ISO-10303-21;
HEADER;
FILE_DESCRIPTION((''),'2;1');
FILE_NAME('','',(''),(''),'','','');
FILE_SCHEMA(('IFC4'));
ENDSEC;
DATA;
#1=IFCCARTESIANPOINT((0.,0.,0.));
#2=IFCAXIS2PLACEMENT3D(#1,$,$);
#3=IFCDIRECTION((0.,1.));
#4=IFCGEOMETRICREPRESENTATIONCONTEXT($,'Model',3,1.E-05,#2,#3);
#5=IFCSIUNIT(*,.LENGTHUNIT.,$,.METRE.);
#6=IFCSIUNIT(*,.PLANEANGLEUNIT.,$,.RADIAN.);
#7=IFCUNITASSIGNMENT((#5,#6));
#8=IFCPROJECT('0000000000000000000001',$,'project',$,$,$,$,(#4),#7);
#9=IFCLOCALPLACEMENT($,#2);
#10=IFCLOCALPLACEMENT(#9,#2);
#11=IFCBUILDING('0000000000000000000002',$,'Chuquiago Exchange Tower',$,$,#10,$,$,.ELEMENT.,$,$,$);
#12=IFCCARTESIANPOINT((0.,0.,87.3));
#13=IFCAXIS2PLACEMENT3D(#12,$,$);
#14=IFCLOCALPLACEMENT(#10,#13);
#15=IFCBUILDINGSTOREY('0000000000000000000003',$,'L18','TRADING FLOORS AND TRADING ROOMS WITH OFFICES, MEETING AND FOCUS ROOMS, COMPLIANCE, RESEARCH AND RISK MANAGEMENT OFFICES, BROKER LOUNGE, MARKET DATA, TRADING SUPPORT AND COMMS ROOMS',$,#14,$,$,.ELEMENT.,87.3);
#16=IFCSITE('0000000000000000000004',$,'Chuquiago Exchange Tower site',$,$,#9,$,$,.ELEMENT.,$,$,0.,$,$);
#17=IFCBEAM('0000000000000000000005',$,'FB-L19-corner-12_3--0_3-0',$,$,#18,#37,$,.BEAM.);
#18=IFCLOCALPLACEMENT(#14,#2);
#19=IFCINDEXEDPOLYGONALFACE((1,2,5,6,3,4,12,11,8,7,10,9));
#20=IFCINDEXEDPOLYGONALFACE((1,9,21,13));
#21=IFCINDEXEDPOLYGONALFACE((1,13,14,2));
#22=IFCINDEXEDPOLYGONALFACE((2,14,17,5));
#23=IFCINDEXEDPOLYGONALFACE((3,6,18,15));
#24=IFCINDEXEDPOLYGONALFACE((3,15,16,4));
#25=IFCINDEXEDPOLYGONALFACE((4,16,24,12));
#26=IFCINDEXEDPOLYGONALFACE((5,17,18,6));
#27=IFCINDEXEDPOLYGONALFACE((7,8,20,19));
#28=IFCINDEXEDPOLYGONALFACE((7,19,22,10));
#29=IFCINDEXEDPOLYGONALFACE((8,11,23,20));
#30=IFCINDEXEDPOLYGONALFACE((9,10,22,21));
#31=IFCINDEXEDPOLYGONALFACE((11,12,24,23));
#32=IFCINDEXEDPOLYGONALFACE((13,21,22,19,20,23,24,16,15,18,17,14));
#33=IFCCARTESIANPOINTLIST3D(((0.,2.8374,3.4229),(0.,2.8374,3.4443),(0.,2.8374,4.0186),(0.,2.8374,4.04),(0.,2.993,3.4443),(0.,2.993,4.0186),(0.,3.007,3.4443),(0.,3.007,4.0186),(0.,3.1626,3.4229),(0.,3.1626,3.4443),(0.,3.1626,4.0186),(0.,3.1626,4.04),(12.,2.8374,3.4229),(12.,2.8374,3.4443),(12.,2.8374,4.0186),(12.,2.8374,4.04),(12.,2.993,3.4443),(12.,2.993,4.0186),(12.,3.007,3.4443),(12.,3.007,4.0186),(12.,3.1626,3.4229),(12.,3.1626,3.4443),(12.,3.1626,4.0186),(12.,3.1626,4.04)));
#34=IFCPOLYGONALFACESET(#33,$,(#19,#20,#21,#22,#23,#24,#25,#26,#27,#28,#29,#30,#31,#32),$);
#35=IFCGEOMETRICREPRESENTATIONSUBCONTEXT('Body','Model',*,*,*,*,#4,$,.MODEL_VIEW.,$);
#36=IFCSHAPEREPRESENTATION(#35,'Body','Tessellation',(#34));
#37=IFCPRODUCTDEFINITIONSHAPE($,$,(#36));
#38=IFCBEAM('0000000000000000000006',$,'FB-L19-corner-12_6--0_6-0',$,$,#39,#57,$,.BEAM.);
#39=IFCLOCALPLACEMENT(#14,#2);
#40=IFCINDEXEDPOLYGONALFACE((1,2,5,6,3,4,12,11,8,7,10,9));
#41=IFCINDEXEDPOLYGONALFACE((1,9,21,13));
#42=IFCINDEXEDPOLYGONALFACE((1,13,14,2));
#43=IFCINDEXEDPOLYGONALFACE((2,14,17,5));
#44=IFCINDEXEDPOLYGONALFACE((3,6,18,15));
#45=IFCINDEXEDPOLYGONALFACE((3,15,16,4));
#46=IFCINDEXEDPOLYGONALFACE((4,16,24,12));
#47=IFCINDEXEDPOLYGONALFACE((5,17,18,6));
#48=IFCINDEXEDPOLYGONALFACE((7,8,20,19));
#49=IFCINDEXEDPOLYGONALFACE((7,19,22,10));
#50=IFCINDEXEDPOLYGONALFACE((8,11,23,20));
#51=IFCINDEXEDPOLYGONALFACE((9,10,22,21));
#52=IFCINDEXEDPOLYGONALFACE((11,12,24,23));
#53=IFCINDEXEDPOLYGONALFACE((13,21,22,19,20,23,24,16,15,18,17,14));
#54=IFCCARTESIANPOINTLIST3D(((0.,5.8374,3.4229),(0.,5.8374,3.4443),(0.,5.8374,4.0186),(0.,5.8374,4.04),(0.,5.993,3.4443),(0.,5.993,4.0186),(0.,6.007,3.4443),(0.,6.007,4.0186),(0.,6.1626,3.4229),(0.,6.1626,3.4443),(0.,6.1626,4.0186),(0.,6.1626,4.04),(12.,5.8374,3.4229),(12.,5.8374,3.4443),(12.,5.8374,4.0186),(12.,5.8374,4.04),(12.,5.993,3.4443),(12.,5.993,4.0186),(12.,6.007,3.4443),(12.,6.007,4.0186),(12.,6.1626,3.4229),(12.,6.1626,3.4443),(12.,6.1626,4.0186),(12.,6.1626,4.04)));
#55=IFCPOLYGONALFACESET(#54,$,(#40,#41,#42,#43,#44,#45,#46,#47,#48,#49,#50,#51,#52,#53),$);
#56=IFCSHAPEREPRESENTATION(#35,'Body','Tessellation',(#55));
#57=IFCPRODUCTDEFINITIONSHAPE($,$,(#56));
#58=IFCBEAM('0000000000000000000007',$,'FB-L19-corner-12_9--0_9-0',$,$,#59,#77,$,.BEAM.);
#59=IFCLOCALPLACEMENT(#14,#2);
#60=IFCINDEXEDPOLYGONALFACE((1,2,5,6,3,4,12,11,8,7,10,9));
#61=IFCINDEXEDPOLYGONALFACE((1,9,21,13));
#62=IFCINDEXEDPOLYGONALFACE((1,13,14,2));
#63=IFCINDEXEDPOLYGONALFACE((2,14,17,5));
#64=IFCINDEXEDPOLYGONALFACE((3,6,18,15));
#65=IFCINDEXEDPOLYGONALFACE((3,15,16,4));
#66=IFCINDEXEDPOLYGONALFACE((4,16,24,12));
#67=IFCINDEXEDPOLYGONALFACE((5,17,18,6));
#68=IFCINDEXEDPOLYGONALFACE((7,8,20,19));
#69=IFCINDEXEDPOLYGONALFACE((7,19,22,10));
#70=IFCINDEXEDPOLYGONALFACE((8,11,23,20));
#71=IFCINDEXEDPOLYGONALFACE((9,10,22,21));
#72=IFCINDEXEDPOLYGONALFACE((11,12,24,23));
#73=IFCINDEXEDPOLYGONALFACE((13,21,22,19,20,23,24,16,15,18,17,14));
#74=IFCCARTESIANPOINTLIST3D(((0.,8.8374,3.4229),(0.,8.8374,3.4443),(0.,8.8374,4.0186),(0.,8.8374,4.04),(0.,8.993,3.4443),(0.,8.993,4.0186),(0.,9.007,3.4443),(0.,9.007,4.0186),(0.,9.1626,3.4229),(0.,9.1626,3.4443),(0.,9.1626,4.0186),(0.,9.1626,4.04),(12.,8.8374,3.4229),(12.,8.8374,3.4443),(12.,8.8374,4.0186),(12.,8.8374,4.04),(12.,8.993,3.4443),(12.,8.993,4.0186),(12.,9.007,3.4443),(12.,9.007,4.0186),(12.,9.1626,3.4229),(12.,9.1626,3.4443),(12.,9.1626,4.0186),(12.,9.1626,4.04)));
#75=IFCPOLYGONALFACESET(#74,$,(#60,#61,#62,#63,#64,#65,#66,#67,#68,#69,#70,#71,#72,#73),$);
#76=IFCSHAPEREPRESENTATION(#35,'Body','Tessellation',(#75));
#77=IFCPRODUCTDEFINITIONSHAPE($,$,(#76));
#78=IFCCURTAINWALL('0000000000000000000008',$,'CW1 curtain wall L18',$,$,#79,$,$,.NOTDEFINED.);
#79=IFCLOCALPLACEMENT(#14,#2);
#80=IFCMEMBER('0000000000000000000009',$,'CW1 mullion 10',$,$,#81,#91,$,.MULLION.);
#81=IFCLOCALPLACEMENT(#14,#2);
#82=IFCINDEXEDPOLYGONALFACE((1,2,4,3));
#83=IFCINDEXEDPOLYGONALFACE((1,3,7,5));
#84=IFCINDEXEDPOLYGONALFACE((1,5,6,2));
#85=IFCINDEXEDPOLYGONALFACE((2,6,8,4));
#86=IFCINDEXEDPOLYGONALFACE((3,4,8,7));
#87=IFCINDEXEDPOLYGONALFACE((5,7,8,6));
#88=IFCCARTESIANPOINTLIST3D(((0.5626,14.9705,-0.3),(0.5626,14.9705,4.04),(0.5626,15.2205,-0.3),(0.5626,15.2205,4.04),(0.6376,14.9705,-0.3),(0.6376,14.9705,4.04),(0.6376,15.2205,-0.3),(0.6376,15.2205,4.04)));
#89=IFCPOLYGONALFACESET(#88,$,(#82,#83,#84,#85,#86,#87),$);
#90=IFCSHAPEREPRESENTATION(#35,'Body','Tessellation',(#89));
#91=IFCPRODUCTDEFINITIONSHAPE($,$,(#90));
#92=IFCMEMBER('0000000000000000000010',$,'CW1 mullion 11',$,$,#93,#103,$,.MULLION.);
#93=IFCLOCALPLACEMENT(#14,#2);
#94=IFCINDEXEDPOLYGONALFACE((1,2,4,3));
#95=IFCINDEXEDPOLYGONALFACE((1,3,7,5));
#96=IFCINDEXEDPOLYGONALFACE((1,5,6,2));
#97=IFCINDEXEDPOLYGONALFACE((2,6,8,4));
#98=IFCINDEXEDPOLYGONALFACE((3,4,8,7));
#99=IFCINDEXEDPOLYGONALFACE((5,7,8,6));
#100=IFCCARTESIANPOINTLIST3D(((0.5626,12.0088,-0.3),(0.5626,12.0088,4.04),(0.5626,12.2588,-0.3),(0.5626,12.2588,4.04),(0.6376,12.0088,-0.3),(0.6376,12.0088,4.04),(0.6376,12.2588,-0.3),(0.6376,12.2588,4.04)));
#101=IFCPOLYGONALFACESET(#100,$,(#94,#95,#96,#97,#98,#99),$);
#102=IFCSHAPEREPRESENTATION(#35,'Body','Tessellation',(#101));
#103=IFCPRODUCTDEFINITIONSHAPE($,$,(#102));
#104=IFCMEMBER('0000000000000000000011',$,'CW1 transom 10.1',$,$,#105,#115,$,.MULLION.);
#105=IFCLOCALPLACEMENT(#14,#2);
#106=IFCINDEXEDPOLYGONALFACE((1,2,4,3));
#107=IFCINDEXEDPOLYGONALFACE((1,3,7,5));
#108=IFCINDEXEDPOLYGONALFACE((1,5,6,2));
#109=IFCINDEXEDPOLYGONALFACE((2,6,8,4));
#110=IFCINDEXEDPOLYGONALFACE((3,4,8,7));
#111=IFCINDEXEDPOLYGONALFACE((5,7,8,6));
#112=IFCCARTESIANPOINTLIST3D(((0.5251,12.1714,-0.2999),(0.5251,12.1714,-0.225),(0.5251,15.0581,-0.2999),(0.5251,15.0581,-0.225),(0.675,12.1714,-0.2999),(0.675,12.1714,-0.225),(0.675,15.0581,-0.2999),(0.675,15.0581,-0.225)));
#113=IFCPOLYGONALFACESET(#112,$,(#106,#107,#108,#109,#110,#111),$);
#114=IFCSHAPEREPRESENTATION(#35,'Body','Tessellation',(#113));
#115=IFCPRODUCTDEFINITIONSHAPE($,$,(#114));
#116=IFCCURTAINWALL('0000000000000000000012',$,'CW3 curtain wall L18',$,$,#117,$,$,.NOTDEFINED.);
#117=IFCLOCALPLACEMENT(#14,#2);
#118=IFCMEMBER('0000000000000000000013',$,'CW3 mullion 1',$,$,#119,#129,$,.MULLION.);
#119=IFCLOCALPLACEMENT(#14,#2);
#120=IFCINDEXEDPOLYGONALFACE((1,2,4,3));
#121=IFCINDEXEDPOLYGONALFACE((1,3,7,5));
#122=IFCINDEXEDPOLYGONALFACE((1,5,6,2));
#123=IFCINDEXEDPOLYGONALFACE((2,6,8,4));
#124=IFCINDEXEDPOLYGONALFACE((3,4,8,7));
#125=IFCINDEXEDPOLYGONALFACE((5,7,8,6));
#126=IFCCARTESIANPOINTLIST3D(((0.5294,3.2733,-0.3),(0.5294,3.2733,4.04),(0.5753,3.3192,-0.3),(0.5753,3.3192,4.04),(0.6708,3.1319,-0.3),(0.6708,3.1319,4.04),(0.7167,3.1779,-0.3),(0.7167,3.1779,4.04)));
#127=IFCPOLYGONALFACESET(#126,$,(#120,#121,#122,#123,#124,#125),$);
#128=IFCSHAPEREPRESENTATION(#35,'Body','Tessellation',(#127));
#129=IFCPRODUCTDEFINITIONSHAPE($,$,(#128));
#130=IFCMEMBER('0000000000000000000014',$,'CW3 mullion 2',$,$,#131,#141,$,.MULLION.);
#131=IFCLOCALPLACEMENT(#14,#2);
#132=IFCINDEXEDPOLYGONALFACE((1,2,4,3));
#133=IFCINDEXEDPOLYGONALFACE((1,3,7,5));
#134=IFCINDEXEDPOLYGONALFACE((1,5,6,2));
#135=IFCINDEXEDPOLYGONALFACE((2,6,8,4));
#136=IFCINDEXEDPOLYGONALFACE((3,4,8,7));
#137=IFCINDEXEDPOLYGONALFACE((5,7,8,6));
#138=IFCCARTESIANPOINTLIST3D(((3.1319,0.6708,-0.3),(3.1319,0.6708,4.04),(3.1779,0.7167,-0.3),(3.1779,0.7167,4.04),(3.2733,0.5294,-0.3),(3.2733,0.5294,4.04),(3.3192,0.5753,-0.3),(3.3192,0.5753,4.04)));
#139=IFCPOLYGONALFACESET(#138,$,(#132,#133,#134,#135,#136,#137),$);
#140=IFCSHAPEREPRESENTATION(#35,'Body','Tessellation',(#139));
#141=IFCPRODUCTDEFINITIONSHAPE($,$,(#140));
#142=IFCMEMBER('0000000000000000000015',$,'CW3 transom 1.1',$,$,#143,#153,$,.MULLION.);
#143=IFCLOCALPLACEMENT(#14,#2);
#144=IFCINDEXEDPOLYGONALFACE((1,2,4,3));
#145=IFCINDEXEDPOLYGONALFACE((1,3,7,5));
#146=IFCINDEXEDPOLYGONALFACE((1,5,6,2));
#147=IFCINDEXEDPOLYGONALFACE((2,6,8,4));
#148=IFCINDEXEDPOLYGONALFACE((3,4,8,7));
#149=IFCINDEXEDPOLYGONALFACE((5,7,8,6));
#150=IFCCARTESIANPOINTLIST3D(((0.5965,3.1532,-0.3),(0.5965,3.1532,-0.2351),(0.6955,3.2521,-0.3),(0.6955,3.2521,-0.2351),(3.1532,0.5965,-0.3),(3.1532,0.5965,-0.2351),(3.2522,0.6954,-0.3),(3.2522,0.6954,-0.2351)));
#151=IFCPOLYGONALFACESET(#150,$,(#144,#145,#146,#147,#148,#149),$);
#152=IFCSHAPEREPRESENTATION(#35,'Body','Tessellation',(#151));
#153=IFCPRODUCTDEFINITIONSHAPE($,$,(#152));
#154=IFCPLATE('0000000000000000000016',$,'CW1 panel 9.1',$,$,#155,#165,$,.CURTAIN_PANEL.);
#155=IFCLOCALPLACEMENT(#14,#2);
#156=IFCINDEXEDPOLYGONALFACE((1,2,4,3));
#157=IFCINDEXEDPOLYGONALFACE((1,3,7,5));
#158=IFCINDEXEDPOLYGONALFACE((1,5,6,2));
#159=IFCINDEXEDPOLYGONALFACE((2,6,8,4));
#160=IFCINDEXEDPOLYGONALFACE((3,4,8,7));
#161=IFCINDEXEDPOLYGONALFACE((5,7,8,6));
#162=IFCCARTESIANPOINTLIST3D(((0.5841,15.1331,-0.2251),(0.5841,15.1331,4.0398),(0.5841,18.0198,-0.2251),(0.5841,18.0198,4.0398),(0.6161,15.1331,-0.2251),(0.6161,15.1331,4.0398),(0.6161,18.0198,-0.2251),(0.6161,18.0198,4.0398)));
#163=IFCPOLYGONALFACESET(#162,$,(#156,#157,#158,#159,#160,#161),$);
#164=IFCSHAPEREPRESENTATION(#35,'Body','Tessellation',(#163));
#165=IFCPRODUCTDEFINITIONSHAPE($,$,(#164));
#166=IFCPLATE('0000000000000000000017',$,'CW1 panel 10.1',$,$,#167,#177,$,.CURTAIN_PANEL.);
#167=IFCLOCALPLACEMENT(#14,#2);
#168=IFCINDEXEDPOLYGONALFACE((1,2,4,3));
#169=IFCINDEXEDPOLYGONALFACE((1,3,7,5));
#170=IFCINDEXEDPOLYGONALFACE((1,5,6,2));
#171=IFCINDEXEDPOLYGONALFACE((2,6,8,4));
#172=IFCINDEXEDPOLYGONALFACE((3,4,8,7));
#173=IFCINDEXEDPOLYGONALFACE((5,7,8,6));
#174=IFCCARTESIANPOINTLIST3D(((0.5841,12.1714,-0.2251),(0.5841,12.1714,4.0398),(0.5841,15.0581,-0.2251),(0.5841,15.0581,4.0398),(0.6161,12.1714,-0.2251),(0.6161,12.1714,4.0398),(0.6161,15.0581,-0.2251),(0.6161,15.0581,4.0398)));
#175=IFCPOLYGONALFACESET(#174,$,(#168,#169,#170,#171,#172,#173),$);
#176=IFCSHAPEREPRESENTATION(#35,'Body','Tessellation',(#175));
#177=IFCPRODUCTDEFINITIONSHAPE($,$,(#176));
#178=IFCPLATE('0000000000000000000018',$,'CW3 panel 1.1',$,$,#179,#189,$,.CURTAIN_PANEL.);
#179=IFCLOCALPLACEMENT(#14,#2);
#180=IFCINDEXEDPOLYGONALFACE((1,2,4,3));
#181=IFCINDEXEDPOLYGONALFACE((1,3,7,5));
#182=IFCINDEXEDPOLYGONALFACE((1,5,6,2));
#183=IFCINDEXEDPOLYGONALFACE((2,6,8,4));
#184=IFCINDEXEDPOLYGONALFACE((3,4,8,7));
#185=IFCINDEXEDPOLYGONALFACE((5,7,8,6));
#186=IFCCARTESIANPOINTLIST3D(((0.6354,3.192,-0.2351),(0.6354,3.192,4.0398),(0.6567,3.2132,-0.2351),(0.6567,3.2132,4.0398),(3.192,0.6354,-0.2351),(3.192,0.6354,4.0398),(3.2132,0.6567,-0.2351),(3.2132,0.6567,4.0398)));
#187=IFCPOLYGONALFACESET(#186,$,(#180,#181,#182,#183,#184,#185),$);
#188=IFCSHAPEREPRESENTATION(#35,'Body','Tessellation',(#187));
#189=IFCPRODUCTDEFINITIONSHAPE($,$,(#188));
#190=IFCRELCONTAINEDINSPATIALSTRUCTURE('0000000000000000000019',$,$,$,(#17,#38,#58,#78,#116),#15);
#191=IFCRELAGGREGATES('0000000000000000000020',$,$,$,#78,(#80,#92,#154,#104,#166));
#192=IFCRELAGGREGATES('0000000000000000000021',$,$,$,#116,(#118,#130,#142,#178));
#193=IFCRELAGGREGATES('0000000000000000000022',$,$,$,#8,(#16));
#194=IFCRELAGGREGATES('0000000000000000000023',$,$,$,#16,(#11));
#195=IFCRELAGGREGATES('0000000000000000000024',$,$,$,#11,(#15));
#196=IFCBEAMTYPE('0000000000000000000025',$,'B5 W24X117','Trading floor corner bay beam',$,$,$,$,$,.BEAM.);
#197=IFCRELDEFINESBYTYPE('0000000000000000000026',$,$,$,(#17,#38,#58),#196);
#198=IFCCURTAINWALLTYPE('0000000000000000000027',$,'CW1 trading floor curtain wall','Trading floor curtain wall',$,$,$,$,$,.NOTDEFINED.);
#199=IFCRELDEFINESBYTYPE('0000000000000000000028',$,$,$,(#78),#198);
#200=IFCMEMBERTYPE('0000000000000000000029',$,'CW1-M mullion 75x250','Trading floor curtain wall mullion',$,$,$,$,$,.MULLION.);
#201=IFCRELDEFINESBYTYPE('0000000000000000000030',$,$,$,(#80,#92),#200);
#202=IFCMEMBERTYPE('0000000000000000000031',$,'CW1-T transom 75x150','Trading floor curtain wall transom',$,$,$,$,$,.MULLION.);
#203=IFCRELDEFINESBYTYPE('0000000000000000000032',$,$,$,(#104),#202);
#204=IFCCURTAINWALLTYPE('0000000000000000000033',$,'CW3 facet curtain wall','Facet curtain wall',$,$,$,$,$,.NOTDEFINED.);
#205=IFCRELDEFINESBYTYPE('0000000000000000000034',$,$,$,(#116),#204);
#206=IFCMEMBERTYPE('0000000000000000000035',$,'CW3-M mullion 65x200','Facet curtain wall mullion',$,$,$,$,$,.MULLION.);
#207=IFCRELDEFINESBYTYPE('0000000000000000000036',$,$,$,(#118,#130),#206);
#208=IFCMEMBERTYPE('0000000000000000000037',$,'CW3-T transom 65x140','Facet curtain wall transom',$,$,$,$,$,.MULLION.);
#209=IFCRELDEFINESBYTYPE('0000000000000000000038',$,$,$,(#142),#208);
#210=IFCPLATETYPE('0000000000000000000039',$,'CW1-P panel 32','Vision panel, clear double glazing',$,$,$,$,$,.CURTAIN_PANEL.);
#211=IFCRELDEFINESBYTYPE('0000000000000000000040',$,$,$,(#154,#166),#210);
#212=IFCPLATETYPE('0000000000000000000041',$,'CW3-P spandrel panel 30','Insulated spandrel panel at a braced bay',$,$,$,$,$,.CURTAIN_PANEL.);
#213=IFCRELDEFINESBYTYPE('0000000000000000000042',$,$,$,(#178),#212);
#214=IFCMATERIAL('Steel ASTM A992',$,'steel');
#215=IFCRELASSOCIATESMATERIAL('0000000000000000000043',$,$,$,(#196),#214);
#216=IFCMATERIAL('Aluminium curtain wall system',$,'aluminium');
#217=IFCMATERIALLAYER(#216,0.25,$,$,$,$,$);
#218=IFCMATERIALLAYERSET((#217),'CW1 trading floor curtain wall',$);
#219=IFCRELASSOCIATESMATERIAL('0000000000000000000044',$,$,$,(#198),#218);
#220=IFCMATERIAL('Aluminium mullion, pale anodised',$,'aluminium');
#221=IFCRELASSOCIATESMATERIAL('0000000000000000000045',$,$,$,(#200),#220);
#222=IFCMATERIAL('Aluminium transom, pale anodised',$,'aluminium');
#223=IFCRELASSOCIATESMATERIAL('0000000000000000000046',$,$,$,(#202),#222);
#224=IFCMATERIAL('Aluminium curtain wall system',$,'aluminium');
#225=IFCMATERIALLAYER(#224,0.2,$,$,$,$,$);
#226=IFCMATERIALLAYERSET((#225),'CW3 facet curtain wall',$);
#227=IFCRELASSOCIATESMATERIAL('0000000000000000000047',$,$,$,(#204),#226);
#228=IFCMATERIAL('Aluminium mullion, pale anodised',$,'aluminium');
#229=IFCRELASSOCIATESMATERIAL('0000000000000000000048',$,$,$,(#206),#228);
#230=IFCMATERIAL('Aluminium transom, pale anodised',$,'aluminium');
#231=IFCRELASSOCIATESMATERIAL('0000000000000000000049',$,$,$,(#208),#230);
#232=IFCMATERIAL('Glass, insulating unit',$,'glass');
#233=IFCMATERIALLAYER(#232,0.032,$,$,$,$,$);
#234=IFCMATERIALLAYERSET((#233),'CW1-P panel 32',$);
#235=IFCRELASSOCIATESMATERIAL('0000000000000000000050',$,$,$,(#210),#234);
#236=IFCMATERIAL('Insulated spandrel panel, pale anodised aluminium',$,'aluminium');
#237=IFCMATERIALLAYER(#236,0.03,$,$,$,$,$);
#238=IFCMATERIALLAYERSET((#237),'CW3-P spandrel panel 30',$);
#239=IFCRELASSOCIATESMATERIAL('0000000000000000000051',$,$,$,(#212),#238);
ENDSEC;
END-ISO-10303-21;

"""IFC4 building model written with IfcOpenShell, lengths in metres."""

from ifc_helpers import new_model, si_unit, direction, frame, origin, origin_2d, place, context, subcontext, project, spatial, rectangle, i_section, extrude, material, layer, layer_set, material_profile, profile_set, type_object, element, aggregate, save


model = new_model("IFC4")

# Units and contexts
model_context = context("Model", 3, precision=1e-05, world=origin(), true_north=direction((0.0, 1.0)))
body_context = subcontext(model_context, "Body", "Model", "MODEL_VIEW")
ifc_project = project(units=[si_unit("LENGTHUNIT", "METRE"), si_unit("PLANEANGLEUNIT", "RADIAN")], contexts=[model_context])

# Site, building, storey
site_placement = place(None, origin())
site = spatial("IfcSite", under=ifc_project, at=site_placement, Name="Chuquiago Exchange Tower site", CompositionType="ELEMENT", RefElevation=0.0)
building_placement = place(site_placement, origin())
building = spatial("IfcBuilding", under=site, at=building_placement, Name="Chuquiago Exchange Tower", CompositionType="ELEMENT")
storey_placement = place(building_placement, frame((0.0, 0.0, 87.3)))
storey = spatial("IfcBuildingStorey", under=building, at=storey_placement, Name="L18", Description="TRADING FLOORS AND TRADING ROOMS WITH OFFICES, MEETING AND FOCUS ROOMS, COMPLIANCE, RESEARCH AND RISK MANAGEMENT OFFICES, BROKER LOUNGE, MARKET DATA, TRADING SUPPORT AND COMMS ROOMS", CompositionType="ELEMENT", Elevation=87.3)

# Beams
ifc_material_1 = material(Name="Steel ASTM A992", Category="steel")
ifc_material_profile_1 = material_profile(ifc_material_1, i_section(OverallWidth=0.3252, OverallDepth=0.6172, WebThickness=0.0139, FlangeThickness=0.0215, at=origin_2d()), Name="W24X117")
ifc_profile_set_1 = profile_set([ifc_material_profile_1], Name="Steel ASTM A992")
beam_type = type_object("IfcBeamType", Name="B5 W24X117", Description="Trading floor corner bay beam", PredefinedType="BEAM", material=ifc_profile_set_1)
for number, where, z_axis, x_axis, name in (
    (1, (12.0, 3.0, 3.7314), (-1.0, 0.0, 0.0), (0.0, -1.0, 0.0), "FB-L19-corner-12_3--0_3-0"),
    (2, (12.0, 6.0, 3.7314), (-1.0, 0.0, 0.0), (0.0, -1.0, 0.0), "FB-L19-corner-12_6--0_6-0"),
    (3, (12.0, 9.0, 3.7314), (-1.0, 0.0, 0.0), (0.0, -1.0, 0.0), "FB-L19-corner-12_9--0_9-0"),
):
    element("IfcBeam", number, at=place(storey_placement, frame(where, z_axis=z_axis, x_axis=x_axis)), inside=storey, type_object=beam_type, Name=name, PredefinedType="BEAM", context=body_context, shape_type="SweptSolid", body=[
        extrude(i_section(OverallWidth=0.3252, OverallDepth=0.6172, WebThickness=0.0139, FlangeThickness=0.0215, at=origin_2d()), origin(), (0.0, 0.0, 1.0), 12.0),
    ])

# Curtain walls, members
ifc_material_2 = material(Name="Aluminium curtain wall system", Category="aluminium")
ifc_layer_1 = layer(ifc_material_2, 0.25)
ifc_layer_set_1 = layer_set([ifc_layer_1], Name="CW1 trading floor curtain wall")
curtain_wall_type_1 = type_object("IfcCurtainWallType", Name="CW1 trading floor curtain wall", Description="Trading floor curtain wall", PredefinedType="NOTDEFINED", material=ifc_layer_set_1)
curtain_wall_1_placement = place(storey_placement, origin())
curtain_wall_1 = element("IfcCurtainWall", 4, at=curtain_wall_1_placement, inside=storey, type_object=curtain_wall_type_1, Name="CW1 curtain wall L18", PredefinedType="NOTDEFINED")
ifc_material_3 = material(Name="Aluminium mullion, pale anodised", Category="aluminium")
ifc_material_profile_2 = material_profile(ifc_material_3, rectangle(XDim=0.075, YDim=0.25, at=origin_2d()), Name="AL 75x250")
ifc_profile_set_2 = profile_set([ifc_material_profile_2], Name="Aluminium mullion, pale anodised")
member_type_1 = type_object("IfcMemberType", Name="CW1-M mullion 75x250", Description="Trading floor curtain wall mullion", PredefinedType="MULLION", material=ifc_profile_set_2)
member_1_placement = place(storey_placement, frame((0.6001, 15.0955, -0.3), z_axis=(0.0, 0.0, 1.0), x_axis=(1.0, 0.0, 0.0)))
member_1 = element("IfcMember", 5, at=member_1_placement, type_object=member_type_1, Name="CW1 mullion 10", PredefinedType="MULLION", context=body_context, shape_type="SweptSolid", body=[
    extrude(rectangle(XDim=0.075, YDim=0.25, at=origin_2d()), origin(), (0.0, 0.0, 1.0), 4.3401),
])
member_2_placement = place(storey_placement, frame((0.6001, 12.1338, -0.3), z_axis=(0.0, 0.0, 1.0), x_axis=(1.0, 0.0, 0.0)))
member_2 = element("IfcMember", 6, at=member_2_placement, type_object=member_type_1, Name="CW1 mullion 11", PredefinedType="MULLION", context=body_context, shape_type="SweptSolid", body=[
    extrude(rectangle(XDim=0.075, YDim=0.25, at=origin_2d()), origin(), (0.0, 0.0, 1.0), 4.3401),
])
ifc_material_4 = material(Name="Aluminium transom, pale anodised", Category="aluminium")
ifc_material_profile_3 = material_profile(ifc_material_4, rectangle(XDim=0.1499, YDim=0.075, at=origin_2d()), Name="AL 150x75")
ifc_profile_set_3 = profile_set([ifc_material_profile_3], Name="Aluminium transom, pale anodised")
member_type_2 = type_object("IfcMemberType", Name="CW1-T transom 75x150", Description="Trading floor curtain wall transom", PredefinedType="MULLION", material=ifc_profile_set_3)
member_3_placement = place(storey_placement, frame((0.6001, 15.0581, -0.2625), z_axis=(0.0, -1.0, 0.0), x_axis=(1.0, 0.0, 0.0)))
member_3 = element("IfcMember", 7, at=member_3_placement, type_object=member_type_2, Name="CW1 transom 10.1", PredefinedType="MULLION", context=body_context, shape_type="SweptSolid", body=[
    extrude(rectangle(XDim=0.1499, YDim=0.075, at=origin_2d()), origin(), (0.0, 0.0, 1.0), 2.8867),
])
ifc_material_5 = material(Name="Aluminium curtain wall system", Category="aluminium")
ifc_layer_2 = layer(ifc_material_5, 0.2)
ifc_layer_set_2 = layer_set([ifc_layer_2], Name="CW3 facet curtain wall")
curtain_wall_type_2 = type_object("IfcCurtainWallType", Name="CW3 facet curtain wall", Description="Facet curtain wall", PredefinedType="NOTDEFINED", material=ifc_layer_set_2)
curtain_wall_2_placement = place(storey_placement, origin())
curtain_wall_2 = element("IfcCurtainWall", 8, at=curtain_wall_2_placement, inside=storey, type_object=curtain_wall_type_2, Name="CW3 curtain wall L18", PredefinedType="NOTDEFINED")
ifc_material_6 = material(Name="Aluminium mullion, pale anodised", Category="aluminium")
ifc_material_profile_4 = material_profile(ifc_material_6, rectangle(XDim=0.0649, YDim=0.2, at=origin_2d()), Name="AL 65x200")
ifc_profile_set_4 = profile_set([ifc_material_profile_4], Name="Aluminium mullion, pale anodised")
member_type_3 = type_object("IfcMemberType", Name="CW3-M mullion 65x200", Description="Facet curtain wall mullion", PredefinedType="MULLION", material=ifc_profile_set_4)
member_4_placement = place(storey_placement, frame((0.623, 3.2256, -0.3), z_axis=(0.0, 0.0, 1.0), x_axis=(0.707107, 0.707107, 0.0)))
member_4 = element("IfcMember", 9, at=member_4_placement, type_object=member_type_3, Name="CW3 mullion 1", PredefinedType="MULLION", context=body_context, shape_type="SweptSolid", body=[
    extrude(rectangle(XDim=0.0649, YDim=0.2, at=origin_2d()), origin(), (0.0, 0.0, 1.0), 4.3401),
])
member_5_placement = place(storey_placement, frame((3.2256, 0.623, -0.3), z_axis=(0.0, 0.0, 1.0), x_axis=(0.707107, 0.707107, 0.0)))
member_5 = element("IfcMember", 10, at=member_5_placement, type_object=member_type_3, Name="CW3 mullion 2", PredefinedType="MULLION", context=body_context, shape_type="SweptSolid", body=[
    extrude(rectangle(XDim=0.0649, YDim=0.2, at=origin_2d()), origin(), (0.0, 0.0, 1.0), 4.3401),
])
ifc_material_7 = material(Name="Aluminium transom, pale anodised", Category="aluminium")
ifc_material_profile_5 = material_profile(ifc_material_7, rectangle(XDim=0.1399, YDim=0.0649, at=origin_2d()), Name="AL 140x65")
ifc_profile_set_5 = profile_set([ifc_material_profile_5], Name="Aluminium transom, pale anodised")
member_type_4 = type_object("IfcMemberType", Name="CW3-T transom 65x140", Description="Facet curtain wall transom", PredefinedType="MULLION", material=ifc_profile_set_5)
member_6_placement = place(storey_placement, frame((0.646, 3.2026, -0.2676), z_axis=(0.707107, -0.707107, 0.0), x_axis=(0.707107, 0.707107, 0.0)))
member_6 = element("IfcMember", 11, at=member_6_placement, type_object=member_type_4, Name="CW3 transom 1.1", PredefinedType="MULLION", context=body_context, shape_type="SweptSolid", body=[
    extrude(rectangle(XDim=0.1399, YDim=0.0649, at=origin_2d()), origin(), (0.0, 0.0, 1.0), 3.6157),
])

# Plates
ifc_material_8 = material(Name="Glass, insulating unit", Category="glass")
ifc_layer_3 = layer(ifc_material_8, 0.032)
ifc_layer_set_3 = layer_set([ifc_layer_3], Name="CW1-P panel 32")
plate_type_1 = type_object("IfcPlateType", Name="CW1-P panel 32", Description="Vision panel, clear double glazing", PredefinedType="CURTAIN_PANEL", material=ifc_layer_set_3)
plate_1_placement = place(storey_placement, frame((0.6001, 16.5764, -0.2251), z_axis=(0.0, 0.0, 1.0), x_axis=(0.0, -1.0, 0.0)))
plate_1 = element("IfcPlate", 12, at=plate_1_placement, type_object=plate_type_1, Name="CW1 panel 9.1", PredefinedType="CURTAIN_PANEL", context=body_context, shape_type="SweptSolid", body=[
    extrude(rectangle(XDim=2.8867, YDim=0.032, at=origin_2d()), origin(), (0.0, 0.0, 1.0), 4.2649),
])
plate_2_placement = place(storey_placement, frame((0.6001, 13.6147, -0.2251), z_axis=(0.0, 0.0, 1.0), x_axis=(0.0, -1.0, 0.0)))
plate_2 = element("IfcPlate", 13, at=plate_2_placement, type_object=plate_type_1, Name="CW1 panel 10.1", PredefinedType="CURTAIN_PANEL", context=body_context, shape_type="SweptSolid", body=[
    extrude(rectangle(XDim=2.8867, YDim=0.032, at=origin_2d()), origin(), (0.0, 0.0, 1.0), 4.2649),
])
aggregate(curtain_wall_1, [member_1, member_2, plate_1, member_3, plate_2])
ifc_material_9 = material(Name="Insulated spandrel panel, pale anodised aluminium", Category="aluminium")
ifc_layer_4 = layer(ifc_material_9, 0.03)
ifc_layer_set_4 = layer_set([ifc_layer_4], Name="CW3-P spandrel panel 30")
plate_type_2 = type_object("IfcPlateType", Name="CW3-P spandrel panel 30", Description="Insulated spandrel panel at a braced bay", PredefinedType="CURTAIN_PANEL", material=ifc_layer_set_4)
plate_3_placement = place(storey_placement, frame((1.9243, 1.9243, -0.2351), z_axis=(0.0, 0.0, 1.0), x_axis=(0.707107, -0.707107, 0.0)))
plate_3 = element("IfcPlate", 14, at=plate_3_placement, type_object=plate_type_2, Name="CW3 panel 1.1", PredefinedType="CURTAIN_PANEL", context=body_context, shape_type="SweptSolid", body=[
    extrude(rectangle(XDim=3.6155, YDim=0.03, at=origin_2d()), origin(), (0.0, 0.0, 1.0), 4.2749),
])
aggregate(curtain_wall_2, [member_4, member_5, member_6, plate_3])

save(model, "model.ifc")
